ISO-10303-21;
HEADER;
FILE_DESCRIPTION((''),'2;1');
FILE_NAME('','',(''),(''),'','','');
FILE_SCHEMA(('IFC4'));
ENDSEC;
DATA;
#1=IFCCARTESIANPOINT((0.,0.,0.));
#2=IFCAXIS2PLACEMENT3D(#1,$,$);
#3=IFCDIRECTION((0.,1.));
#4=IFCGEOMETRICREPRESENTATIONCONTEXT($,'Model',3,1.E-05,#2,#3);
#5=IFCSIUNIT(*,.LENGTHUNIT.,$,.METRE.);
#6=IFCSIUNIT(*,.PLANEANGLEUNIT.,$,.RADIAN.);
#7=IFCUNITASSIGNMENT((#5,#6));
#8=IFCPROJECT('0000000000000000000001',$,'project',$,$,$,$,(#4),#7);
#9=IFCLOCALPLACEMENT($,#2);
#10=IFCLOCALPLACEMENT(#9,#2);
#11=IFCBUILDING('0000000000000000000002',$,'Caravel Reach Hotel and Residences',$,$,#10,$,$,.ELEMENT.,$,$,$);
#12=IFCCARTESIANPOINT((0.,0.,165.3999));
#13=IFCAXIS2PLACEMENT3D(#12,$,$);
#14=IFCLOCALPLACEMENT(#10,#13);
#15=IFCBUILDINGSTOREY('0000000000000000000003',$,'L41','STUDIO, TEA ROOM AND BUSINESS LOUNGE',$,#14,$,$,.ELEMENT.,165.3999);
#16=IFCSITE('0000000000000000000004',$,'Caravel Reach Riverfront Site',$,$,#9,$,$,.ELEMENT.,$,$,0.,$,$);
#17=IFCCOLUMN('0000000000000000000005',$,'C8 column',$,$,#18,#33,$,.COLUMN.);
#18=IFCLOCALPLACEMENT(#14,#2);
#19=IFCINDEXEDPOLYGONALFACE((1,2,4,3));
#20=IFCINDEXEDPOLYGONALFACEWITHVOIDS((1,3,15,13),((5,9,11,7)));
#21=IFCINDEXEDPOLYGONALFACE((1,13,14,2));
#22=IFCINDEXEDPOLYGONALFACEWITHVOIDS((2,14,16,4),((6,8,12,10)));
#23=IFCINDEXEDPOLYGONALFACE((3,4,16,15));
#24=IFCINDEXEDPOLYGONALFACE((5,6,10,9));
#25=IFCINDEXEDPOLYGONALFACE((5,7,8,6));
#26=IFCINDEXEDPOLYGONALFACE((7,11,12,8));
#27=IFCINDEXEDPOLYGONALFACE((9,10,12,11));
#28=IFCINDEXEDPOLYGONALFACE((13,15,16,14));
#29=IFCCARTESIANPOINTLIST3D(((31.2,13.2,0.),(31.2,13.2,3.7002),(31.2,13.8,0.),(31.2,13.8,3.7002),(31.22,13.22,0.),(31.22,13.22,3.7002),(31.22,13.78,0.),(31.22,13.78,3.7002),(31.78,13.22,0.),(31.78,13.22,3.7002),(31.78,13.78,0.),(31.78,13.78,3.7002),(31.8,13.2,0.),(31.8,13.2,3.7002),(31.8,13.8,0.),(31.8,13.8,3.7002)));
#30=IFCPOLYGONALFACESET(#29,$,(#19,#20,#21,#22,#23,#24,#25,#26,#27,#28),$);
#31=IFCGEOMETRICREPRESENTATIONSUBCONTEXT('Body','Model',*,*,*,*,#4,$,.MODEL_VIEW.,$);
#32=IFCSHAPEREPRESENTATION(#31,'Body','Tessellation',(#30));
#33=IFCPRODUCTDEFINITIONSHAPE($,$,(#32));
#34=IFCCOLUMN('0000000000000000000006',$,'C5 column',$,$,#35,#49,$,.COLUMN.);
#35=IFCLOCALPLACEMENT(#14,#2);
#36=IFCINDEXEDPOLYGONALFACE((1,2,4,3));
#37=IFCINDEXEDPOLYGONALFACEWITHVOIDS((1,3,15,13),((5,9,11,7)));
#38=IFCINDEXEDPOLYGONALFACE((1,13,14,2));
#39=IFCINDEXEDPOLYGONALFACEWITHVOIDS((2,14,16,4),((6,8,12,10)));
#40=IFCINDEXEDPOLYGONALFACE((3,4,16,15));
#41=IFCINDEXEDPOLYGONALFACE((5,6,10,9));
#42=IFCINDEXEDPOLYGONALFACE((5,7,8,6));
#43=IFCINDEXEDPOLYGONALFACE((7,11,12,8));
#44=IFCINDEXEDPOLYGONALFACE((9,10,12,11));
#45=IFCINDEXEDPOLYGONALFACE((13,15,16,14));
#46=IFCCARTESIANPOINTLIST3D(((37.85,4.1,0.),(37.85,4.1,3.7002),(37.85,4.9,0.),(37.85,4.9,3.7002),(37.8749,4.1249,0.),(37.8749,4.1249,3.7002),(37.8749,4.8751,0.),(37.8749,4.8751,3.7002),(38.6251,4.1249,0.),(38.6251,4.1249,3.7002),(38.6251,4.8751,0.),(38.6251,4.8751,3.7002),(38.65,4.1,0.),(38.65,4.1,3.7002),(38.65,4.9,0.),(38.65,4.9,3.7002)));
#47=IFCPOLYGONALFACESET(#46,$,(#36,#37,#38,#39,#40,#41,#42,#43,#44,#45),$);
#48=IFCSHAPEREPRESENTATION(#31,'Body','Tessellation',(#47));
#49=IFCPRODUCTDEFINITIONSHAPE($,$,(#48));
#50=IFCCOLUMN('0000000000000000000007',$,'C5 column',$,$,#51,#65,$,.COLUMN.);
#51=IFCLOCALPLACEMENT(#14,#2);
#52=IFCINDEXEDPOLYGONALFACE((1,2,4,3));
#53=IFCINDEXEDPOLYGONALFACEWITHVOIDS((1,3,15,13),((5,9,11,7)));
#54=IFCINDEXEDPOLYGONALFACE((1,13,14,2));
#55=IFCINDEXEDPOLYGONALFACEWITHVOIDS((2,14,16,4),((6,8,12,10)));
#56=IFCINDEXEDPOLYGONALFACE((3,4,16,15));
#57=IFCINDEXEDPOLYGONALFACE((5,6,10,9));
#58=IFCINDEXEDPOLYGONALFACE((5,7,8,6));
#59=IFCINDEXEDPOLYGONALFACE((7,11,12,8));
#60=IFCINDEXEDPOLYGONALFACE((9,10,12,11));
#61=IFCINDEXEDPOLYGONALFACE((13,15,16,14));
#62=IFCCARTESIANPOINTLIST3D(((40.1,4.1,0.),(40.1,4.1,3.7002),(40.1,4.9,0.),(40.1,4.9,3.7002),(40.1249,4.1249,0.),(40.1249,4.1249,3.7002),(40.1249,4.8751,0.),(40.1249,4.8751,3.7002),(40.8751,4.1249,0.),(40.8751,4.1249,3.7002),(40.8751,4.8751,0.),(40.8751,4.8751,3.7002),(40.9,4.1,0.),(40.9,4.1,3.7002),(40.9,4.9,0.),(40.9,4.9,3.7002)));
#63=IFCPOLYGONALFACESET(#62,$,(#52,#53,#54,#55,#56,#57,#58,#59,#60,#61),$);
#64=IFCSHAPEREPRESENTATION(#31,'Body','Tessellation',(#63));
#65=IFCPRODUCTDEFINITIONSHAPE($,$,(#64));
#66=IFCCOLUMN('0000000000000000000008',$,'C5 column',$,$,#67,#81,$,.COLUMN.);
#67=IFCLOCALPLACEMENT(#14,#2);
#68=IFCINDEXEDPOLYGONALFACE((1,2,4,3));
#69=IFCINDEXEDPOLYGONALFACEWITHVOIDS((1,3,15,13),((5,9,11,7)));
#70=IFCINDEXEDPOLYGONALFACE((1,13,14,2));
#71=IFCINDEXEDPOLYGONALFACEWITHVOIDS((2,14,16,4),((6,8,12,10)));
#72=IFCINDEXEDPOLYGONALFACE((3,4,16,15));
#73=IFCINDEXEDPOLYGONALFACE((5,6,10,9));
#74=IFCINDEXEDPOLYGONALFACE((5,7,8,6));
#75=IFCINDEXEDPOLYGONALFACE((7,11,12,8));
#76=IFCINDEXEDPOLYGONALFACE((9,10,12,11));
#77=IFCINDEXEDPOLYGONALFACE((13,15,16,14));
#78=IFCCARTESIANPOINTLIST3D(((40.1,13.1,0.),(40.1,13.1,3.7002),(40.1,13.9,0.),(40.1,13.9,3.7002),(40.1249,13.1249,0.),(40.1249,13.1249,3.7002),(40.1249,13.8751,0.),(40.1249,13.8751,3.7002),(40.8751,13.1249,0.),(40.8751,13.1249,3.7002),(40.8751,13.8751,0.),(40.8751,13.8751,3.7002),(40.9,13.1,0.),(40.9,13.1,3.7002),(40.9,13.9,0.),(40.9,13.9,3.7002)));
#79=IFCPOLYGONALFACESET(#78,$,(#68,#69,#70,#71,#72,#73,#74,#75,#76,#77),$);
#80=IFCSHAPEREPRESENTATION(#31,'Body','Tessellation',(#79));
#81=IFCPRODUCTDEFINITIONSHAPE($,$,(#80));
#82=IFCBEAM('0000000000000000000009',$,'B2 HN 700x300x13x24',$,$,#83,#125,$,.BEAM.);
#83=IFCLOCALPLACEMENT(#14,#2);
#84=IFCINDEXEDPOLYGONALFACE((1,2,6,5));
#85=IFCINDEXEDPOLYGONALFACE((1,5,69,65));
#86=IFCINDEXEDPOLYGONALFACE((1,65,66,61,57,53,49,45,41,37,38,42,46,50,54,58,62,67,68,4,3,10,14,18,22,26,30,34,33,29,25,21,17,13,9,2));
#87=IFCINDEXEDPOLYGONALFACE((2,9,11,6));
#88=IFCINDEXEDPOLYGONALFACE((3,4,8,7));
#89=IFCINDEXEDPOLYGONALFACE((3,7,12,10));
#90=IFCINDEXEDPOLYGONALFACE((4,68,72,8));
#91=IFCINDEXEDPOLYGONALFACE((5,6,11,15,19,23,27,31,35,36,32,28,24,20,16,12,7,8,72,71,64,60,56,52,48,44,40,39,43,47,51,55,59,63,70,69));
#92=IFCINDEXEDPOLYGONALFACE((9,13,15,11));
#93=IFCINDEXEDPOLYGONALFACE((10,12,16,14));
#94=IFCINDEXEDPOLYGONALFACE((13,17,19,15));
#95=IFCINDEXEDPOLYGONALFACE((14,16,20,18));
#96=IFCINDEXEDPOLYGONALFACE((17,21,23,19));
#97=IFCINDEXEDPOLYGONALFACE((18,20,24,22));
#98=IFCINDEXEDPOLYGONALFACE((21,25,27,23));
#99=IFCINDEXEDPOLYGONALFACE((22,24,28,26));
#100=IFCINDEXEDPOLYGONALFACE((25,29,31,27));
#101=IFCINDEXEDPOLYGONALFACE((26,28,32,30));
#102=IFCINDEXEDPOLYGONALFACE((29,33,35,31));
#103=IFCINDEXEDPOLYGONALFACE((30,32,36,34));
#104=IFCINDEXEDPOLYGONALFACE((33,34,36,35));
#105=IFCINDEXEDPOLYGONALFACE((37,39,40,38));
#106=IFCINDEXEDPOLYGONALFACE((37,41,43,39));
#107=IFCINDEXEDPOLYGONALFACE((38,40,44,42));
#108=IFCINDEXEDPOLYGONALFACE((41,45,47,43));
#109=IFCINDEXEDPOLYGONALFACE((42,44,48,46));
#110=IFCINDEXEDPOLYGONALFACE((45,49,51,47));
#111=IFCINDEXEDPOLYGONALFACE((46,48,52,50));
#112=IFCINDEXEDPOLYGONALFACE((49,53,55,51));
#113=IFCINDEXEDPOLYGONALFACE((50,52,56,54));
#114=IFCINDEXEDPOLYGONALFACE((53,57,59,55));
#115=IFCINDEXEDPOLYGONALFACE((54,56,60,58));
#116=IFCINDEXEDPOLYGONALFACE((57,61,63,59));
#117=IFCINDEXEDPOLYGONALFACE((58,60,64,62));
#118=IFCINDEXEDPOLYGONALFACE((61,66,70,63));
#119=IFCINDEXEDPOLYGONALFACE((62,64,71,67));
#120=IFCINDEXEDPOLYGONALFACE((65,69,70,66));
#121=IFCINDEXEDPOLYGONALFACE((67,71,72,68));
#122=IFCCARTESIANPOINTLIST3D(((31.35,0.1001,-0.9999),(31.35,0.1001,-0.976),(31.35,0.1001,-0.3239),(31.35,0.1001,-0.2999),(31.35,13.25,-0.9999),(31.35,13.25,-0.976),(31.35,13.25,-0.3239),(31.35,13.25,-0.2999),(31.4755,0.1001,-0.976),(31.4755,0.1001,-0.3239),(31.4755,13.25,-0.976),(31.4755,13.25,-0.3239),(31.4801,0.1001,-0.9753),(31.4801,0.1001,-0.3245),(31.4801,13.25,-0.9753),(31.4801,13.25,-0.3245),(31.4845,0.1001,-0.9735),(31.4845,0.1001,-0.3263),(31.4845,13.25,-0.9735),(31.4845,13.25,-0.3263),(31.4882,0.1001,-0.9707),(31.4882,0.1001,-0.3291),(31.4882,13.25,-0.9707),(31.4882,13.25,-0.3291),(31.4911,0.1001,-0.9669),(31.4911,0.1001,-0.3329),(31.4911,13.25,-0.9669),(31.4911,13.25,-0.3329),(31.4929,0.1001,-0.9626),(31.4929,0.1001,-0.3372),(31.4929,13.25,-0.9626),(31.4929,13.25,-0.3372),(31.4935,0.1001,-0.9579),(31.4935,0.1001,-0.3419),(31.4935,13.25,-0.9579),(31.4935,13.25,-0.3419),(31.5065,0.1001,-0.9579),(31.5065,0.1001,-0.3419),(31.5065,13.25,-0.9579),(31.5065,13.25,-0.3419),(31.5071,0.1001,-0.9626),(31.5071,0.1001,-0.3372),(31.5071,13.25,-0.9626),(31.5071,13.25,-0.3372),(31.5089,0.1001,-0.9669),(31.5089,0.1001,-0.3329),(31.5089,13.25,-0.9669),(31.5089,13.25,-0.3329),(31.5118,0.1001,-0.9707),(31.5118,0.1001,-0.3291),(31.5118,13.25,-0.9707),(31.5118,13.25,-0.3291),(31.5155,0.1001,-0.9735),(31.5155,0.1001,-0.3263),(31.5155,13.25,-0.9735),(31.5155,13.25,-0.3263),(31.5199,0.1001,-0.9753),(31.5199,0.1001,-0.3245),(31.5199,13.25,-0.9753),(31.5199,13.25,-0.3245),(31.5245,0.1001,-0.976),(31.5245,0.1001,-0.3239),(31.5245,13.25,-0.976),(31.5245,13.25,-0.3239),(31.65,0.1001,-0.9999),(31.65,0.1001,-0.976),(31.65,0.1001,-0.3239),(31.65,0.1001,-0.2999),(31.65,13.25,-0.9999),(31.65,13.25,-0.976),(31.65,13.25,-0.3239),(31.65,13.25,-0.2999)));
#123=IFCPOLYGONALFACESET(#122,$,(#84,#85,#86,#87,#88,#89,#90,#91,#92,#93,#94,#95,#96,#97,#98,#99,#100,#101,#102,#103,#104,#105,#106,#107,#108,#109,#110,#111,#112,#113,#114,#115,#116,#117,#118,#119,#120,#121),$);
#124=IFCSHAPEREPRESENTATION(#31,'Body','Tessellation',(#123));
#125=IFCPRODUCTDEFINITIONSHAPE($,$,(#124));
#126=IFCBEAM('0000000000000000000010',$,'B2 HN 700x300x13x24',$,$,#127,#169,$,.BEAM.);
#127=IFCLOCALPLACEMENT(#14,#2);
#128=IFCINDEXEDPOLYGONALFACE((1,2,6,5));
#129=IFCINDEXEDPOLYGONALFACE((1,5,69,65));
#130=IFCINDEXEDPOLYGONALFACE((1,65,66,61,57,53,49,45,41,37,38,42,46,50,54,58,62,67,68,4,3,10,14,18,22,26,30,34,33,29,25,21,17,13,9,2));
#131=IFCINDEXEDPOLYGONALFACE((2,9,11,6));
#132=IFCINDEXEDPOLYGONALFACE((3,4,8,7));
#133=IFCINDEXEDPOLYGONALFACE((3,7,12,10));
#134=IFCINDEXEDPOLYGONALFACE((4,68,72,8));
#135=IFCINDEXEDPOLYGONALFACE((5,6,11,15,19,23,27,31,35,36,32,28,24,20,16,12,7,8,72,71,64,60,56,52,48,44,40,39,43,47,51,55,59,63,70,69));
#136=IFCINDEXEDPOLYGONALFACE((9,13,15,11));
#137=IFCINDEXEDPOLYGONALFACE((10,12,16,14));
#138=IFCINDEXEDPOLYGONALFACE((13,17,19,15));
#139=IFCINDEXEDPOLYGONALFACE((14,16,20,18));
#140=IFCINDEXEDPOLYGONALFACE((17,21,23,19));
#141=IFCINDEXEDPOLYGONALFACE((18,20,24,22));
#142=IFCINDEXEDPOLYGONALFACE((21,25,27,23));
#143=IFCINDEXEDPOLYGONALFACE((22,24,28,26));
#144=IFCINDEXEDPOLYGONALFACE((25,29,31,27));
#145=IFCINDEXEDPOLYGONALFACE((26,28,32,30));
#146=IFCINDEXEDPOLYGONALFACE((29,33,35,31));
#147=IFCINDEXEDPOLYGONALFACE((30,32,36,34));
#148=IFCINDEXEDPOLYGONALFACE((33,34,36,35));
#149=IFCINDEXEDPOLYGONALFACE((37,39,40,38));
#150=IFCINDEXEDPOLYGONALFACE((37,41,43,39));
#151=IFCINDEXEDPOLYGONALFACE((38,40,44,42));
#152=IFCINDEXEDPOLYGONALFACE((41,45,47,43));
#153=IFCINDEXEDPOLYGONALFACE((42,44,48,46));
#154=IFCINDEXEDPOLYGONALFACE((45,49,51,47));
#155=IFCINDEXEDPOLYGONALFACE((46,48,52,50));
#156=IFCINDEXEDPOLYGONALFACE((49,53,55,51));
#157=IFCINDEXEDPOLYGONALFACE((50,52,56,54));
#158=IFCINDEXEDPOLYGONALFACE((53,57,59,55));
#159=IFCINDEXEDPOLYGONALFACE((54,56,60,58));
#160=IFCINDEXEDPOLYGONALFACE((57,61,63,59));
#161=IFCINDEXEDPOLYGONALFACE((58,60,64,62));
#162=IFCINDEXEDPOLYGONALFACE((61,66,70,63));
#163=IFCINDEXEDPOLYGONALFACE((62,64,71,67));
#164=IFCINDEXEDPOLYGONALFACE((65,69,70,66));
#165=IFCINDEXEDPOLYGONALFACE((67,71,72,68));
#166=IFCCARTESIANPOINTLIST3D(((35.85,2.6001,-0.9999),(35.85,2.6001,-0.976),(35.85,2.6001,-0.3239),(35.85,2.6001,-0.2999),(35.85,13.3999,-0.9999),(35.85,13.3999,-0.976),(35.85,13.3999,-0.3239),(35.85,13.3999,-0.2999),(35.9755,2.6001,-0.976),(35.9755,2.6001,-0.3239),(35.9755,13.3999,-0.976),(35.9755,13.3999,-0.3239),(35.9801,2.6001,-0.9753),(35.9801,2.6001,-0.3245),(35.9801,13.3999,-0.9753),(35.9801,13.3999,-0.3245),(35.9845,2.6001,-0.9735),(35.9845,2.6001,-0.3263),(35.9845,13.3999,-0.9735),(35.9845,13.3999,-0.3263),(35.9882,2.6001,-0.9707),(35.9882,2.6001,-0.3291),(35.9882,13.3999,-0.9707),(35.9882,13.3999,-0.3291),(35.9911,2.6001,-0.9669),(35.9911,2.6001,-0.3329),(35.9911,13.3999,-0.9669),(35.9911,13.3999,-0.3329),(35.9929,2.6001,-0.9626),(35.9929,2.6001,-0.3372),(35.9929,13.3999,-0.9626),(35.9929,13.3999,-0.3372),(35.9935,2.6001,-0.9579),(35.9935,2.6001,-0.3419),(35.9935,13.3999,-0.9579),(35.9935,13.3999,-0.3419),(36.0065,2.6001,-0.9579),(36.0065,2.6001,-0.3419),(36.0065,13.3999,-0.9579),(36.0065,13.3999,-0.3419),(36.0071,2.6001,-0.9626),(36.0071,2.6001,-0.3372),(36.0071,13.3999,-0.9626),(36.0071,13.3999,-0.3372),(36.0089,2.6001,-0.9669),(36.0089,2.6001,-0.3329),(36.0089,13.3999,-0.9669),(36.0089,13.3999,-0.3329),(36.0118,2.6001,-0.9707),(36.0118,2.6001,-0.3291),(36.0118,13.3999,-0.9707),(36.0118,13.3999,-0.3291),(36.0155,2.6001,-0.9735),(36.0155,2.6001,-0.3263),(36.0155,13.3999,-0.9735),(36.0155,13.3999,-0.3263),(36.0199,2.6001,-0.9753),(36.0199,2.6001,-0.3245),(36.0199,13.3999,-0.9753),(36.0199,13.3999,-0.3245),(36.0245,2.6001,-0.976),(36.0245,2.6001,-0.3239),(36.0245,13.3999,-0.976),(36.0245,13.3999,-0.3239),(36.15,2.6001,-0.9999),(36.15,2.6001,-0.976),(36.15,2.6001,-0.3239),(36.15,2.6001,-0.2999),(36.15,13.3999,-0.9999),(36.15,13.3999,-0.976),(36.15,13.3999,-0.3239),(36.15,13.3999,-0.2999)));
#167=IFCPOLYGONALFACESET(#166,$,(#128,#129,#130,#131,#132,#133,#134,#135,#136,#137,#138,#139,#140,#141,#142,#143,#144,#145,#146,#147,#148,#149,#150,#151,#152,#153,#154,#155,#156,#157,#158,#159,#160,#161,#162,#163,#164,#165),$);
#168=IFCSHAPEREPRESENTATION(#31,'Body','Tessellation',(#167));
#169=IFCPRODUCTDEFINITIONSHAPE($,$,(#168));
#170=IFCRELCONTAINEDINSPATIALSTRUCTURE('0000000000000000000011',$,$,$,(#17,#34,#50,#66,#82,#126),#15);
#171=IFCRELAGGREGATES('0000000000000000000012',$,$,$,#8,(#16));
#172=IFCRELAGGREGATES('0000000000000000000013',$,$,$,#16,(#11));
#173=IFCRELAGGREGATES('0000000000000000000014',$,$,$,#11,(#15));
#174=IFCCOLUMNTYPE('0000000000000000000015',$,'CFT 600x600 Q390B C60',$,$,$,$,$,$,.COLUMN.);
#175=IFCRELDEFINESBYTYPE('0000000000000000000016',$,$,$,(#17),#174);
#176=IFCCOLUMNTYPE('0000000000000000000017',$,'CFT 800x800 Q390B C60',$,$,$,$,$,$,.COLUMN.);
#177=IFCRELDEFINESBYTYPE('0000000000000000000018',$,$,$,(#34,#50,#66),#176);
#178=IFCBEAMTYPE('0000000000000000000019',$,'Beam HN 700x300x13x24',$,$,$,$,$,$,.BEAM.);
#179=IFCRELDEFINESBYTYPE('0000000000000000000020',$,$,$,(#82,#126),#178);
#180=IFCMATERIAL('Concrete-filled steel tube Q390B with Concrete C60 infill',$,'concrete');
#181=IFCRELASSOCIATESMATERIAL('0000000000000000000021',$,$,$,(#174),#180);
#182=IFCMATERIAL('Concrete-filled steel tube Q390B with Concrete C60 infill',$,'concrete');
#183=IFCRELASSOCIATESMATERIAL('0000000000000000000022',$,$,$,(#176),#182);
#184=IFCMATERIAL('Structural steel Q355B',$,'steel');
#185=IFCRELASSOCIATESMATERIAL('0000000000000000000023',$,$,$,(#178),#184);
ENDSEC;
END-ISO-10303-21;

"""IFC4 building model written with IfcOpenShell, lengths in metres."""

from ifc_helpers import new_model, si_unit, direction, frame, origin, origin_2d, place, context, subcontext, project, spatial, hollow_rectangle, i_section, extrude, material, material_profile, profile_set, type_object, element, save


model = new_model("IFC4")

# Units and contexts
model_context = context("Model", 3, precision=1e-05, world=origin(), true_north=direction((0.0, 1.0)))
body_context = subcontext(model_context, "Body", "Model", "MODEL_VIEW")
ifc_project = project(units=[si_unit("LENGTHUNIT", "METRE"), si_unit("PLANEANGLEUNIT", "RADIAN")], contexts=[model_context])

# Site, building, storey
site_placement = place(None, origin())
site = spatial("IfcSite", under=ifc_project, at=site_placement, Name="Caravel Reach Riverfront Site", CompositionType="ELEMENT", RefElevation=0.0)
building_placement = place(site_placement, origin())
building = spatial("IfcBuilding", under=site, at=building_placement, Name="Caravel Reach Hotel and Residences", CompositionType="ELEMENT")
storey_placement = place(building_placement, frame((0.0, 0.0, 165.3999)))
storey = spatial("IfcBuildingStorey", under=building, at=storey_placement, Name="L41", Description="STUDIO, TEA ROOM AND BUSINESS LOUNGE", CompositionType="ELEMENT", Elevation=165.3999)

# Columns
ifc_material_1 = material(Name="Concrete-filled steel tube Q390B with Concrete C60 infill", Category="concrete")
ifc_material_profile_1 = material_profile(ifc_material_1, hollow_rectangle(XDim=0.6001, YDim=0.6001, WallThickness=0.02, at=origin_2d()), Name="RHS 600x600x20")
ifc_profile_set_1 = profile_set([ifc_material_profile_1], Name="Concrete-filled steel tube Q390B with Concrete C60 infill")
column_type_1 = type_object("IfcColumnType", Name="CFT 600x600 Q390B C60", PredefinedType="COLUMN", material=ifc_profile_set_1)
column_placement = place(storey_placement, frame((31.5, 13.5, 0.0), z_axis=(0.0, 0.0, 1.0), x_axis=(1.0, 0.0, 0.0)))
element("IfcColumn", 1, at=column_placement, inside=storey, type_object=column_type_1, Name="C8 column", PredefinedType="COLUMN", context=body_context, shape_type="SweptSolid", body=[
    extrude(hollow_rectangle(XDim=0.6001, YDim=0.6001, WallThickness=0.02, at=origin_2d()), origin(), (0.0, 0.0, 1.0), 3.7002),
])
ifc_material_2 = material(Name="Concrete-filled steel tube Q390B with Concrete C60 infill", Category="concrete")
ifc_material_profile_2 = material_profile(ifc_material_2, hollow_rectangle(XDim=0.8, YDim=0.8, WallThickness=0.0249, at=origin_2d()), Name="RHS 800x800x25")
ifc_profile_set_2 = profile_set([ifc_material_profile_2], Name="Concrete-filled steel tube Q390B with Concrete C60 infill")
column_type_2 = type_object("IfcColumnType", Name="CFT 800x800 Q390B C60", PredefinedType="COLUMN", material=ifc_profile_set_2)
for number, where, z_axis, x_axis, name in (
    (2, (38.25, 4.5, 0.0), (0.0, 0.0, 1.0), (1.0, 0.0, 0.0), "C5 column"),
    (3, (40.5, 4.5, 0.0), (0.0, 0.0, 1.0), (1.0, 0.0, 0.0), "C5 column"),
    (4, (40.5, 13.5, 0.0), (0.0, 0.0, 1.0), (1.0, 0.0, 0.0), "C5 column"),
):
    element("IfcColumn", number, at=place(storey_placement, frame(where, z_axis=z_axis, x_axis=x_axis)), inside=storey, type_object=column_type_2, Name=name, PredefinedType="COLUMN", context=body_context, shape_type="SweptSolid", body=[
        extrude(hollow_rectangle(XDim=0.8, YDim=0.8, WallThickness=0.0249, at=origin_2d()), origin(), (0.0, 0.0, 1.0), 3.7002),
    ])

# Beams
ifc_material_3 = material(Name="Structural steel Q355B", Category="steel")
ifc_material_profile_3 = material_profile(ifc_material_3, i_section(OverallWidth=0.3, OverallDepth=0.7, WebThickness=0.0129, FlangeThickness=0.0239, FilletRadius=0.0181, at=origin_2d()), Name="HN 700x300x13x24")
ifc_profile_set_3 = profile_set([ifc_material_profile_3], Name="Structural steel Q355B")
beam_type_1 = type_object("IfcBeamType", Name="Beam HN 700x300x13x24", PredefinedType="BEAM", material=ifc_profile_set_3)
beam_1_placement = place(storey_placement, frame((31.5, 13.25, -0.6499), z_axis=(0.0, -1.0, 0.0), x_axis=(1.0, 0.0, 0.0)))
element("IfcBeam", 5, at=beam_1_placement, inside=storey, type_object=beam_type_1, Name="B2 HN 700x300x13x24", PredefinedType="BEAM", context=body_context, shape_type="SweptSolid", body=[
    extrude(i_section(OverallWidth=0.3, OverallDepth=0.7, WebThickness=0.0129, FlangeThickness=0.0239, FilletRadius=0.0181, at=origin_2d()), origin(), (0.0, 0.0, 1.0), 13.1499),
])
beam_2_placement = place(storey_placement, frame((36.0, 13.3999, -0.6499), z_axis=(0.0, -1.0, 0.0), x_axis=(1.0, 0.0, 0.0)))
element("IfcBeam", 6, at=beam_2_placement, inside=storey, type_object=beam_type_1, Name="B2 HN 700x300x13x24", PredefinedType="BEAM", context=body_context, shape_type="SweptSolid", body=[
    extrude(i_section(OverallWidth=0.3, OverallDepth=0.7, WebThickness=0.0129, FlangeThickness=0.0239, FilletRadius=0.0181, at=origin_2d()), origin(), (0.0, 0.0, 1.0), 10.7998),
])

save(model, "model.ifc")
